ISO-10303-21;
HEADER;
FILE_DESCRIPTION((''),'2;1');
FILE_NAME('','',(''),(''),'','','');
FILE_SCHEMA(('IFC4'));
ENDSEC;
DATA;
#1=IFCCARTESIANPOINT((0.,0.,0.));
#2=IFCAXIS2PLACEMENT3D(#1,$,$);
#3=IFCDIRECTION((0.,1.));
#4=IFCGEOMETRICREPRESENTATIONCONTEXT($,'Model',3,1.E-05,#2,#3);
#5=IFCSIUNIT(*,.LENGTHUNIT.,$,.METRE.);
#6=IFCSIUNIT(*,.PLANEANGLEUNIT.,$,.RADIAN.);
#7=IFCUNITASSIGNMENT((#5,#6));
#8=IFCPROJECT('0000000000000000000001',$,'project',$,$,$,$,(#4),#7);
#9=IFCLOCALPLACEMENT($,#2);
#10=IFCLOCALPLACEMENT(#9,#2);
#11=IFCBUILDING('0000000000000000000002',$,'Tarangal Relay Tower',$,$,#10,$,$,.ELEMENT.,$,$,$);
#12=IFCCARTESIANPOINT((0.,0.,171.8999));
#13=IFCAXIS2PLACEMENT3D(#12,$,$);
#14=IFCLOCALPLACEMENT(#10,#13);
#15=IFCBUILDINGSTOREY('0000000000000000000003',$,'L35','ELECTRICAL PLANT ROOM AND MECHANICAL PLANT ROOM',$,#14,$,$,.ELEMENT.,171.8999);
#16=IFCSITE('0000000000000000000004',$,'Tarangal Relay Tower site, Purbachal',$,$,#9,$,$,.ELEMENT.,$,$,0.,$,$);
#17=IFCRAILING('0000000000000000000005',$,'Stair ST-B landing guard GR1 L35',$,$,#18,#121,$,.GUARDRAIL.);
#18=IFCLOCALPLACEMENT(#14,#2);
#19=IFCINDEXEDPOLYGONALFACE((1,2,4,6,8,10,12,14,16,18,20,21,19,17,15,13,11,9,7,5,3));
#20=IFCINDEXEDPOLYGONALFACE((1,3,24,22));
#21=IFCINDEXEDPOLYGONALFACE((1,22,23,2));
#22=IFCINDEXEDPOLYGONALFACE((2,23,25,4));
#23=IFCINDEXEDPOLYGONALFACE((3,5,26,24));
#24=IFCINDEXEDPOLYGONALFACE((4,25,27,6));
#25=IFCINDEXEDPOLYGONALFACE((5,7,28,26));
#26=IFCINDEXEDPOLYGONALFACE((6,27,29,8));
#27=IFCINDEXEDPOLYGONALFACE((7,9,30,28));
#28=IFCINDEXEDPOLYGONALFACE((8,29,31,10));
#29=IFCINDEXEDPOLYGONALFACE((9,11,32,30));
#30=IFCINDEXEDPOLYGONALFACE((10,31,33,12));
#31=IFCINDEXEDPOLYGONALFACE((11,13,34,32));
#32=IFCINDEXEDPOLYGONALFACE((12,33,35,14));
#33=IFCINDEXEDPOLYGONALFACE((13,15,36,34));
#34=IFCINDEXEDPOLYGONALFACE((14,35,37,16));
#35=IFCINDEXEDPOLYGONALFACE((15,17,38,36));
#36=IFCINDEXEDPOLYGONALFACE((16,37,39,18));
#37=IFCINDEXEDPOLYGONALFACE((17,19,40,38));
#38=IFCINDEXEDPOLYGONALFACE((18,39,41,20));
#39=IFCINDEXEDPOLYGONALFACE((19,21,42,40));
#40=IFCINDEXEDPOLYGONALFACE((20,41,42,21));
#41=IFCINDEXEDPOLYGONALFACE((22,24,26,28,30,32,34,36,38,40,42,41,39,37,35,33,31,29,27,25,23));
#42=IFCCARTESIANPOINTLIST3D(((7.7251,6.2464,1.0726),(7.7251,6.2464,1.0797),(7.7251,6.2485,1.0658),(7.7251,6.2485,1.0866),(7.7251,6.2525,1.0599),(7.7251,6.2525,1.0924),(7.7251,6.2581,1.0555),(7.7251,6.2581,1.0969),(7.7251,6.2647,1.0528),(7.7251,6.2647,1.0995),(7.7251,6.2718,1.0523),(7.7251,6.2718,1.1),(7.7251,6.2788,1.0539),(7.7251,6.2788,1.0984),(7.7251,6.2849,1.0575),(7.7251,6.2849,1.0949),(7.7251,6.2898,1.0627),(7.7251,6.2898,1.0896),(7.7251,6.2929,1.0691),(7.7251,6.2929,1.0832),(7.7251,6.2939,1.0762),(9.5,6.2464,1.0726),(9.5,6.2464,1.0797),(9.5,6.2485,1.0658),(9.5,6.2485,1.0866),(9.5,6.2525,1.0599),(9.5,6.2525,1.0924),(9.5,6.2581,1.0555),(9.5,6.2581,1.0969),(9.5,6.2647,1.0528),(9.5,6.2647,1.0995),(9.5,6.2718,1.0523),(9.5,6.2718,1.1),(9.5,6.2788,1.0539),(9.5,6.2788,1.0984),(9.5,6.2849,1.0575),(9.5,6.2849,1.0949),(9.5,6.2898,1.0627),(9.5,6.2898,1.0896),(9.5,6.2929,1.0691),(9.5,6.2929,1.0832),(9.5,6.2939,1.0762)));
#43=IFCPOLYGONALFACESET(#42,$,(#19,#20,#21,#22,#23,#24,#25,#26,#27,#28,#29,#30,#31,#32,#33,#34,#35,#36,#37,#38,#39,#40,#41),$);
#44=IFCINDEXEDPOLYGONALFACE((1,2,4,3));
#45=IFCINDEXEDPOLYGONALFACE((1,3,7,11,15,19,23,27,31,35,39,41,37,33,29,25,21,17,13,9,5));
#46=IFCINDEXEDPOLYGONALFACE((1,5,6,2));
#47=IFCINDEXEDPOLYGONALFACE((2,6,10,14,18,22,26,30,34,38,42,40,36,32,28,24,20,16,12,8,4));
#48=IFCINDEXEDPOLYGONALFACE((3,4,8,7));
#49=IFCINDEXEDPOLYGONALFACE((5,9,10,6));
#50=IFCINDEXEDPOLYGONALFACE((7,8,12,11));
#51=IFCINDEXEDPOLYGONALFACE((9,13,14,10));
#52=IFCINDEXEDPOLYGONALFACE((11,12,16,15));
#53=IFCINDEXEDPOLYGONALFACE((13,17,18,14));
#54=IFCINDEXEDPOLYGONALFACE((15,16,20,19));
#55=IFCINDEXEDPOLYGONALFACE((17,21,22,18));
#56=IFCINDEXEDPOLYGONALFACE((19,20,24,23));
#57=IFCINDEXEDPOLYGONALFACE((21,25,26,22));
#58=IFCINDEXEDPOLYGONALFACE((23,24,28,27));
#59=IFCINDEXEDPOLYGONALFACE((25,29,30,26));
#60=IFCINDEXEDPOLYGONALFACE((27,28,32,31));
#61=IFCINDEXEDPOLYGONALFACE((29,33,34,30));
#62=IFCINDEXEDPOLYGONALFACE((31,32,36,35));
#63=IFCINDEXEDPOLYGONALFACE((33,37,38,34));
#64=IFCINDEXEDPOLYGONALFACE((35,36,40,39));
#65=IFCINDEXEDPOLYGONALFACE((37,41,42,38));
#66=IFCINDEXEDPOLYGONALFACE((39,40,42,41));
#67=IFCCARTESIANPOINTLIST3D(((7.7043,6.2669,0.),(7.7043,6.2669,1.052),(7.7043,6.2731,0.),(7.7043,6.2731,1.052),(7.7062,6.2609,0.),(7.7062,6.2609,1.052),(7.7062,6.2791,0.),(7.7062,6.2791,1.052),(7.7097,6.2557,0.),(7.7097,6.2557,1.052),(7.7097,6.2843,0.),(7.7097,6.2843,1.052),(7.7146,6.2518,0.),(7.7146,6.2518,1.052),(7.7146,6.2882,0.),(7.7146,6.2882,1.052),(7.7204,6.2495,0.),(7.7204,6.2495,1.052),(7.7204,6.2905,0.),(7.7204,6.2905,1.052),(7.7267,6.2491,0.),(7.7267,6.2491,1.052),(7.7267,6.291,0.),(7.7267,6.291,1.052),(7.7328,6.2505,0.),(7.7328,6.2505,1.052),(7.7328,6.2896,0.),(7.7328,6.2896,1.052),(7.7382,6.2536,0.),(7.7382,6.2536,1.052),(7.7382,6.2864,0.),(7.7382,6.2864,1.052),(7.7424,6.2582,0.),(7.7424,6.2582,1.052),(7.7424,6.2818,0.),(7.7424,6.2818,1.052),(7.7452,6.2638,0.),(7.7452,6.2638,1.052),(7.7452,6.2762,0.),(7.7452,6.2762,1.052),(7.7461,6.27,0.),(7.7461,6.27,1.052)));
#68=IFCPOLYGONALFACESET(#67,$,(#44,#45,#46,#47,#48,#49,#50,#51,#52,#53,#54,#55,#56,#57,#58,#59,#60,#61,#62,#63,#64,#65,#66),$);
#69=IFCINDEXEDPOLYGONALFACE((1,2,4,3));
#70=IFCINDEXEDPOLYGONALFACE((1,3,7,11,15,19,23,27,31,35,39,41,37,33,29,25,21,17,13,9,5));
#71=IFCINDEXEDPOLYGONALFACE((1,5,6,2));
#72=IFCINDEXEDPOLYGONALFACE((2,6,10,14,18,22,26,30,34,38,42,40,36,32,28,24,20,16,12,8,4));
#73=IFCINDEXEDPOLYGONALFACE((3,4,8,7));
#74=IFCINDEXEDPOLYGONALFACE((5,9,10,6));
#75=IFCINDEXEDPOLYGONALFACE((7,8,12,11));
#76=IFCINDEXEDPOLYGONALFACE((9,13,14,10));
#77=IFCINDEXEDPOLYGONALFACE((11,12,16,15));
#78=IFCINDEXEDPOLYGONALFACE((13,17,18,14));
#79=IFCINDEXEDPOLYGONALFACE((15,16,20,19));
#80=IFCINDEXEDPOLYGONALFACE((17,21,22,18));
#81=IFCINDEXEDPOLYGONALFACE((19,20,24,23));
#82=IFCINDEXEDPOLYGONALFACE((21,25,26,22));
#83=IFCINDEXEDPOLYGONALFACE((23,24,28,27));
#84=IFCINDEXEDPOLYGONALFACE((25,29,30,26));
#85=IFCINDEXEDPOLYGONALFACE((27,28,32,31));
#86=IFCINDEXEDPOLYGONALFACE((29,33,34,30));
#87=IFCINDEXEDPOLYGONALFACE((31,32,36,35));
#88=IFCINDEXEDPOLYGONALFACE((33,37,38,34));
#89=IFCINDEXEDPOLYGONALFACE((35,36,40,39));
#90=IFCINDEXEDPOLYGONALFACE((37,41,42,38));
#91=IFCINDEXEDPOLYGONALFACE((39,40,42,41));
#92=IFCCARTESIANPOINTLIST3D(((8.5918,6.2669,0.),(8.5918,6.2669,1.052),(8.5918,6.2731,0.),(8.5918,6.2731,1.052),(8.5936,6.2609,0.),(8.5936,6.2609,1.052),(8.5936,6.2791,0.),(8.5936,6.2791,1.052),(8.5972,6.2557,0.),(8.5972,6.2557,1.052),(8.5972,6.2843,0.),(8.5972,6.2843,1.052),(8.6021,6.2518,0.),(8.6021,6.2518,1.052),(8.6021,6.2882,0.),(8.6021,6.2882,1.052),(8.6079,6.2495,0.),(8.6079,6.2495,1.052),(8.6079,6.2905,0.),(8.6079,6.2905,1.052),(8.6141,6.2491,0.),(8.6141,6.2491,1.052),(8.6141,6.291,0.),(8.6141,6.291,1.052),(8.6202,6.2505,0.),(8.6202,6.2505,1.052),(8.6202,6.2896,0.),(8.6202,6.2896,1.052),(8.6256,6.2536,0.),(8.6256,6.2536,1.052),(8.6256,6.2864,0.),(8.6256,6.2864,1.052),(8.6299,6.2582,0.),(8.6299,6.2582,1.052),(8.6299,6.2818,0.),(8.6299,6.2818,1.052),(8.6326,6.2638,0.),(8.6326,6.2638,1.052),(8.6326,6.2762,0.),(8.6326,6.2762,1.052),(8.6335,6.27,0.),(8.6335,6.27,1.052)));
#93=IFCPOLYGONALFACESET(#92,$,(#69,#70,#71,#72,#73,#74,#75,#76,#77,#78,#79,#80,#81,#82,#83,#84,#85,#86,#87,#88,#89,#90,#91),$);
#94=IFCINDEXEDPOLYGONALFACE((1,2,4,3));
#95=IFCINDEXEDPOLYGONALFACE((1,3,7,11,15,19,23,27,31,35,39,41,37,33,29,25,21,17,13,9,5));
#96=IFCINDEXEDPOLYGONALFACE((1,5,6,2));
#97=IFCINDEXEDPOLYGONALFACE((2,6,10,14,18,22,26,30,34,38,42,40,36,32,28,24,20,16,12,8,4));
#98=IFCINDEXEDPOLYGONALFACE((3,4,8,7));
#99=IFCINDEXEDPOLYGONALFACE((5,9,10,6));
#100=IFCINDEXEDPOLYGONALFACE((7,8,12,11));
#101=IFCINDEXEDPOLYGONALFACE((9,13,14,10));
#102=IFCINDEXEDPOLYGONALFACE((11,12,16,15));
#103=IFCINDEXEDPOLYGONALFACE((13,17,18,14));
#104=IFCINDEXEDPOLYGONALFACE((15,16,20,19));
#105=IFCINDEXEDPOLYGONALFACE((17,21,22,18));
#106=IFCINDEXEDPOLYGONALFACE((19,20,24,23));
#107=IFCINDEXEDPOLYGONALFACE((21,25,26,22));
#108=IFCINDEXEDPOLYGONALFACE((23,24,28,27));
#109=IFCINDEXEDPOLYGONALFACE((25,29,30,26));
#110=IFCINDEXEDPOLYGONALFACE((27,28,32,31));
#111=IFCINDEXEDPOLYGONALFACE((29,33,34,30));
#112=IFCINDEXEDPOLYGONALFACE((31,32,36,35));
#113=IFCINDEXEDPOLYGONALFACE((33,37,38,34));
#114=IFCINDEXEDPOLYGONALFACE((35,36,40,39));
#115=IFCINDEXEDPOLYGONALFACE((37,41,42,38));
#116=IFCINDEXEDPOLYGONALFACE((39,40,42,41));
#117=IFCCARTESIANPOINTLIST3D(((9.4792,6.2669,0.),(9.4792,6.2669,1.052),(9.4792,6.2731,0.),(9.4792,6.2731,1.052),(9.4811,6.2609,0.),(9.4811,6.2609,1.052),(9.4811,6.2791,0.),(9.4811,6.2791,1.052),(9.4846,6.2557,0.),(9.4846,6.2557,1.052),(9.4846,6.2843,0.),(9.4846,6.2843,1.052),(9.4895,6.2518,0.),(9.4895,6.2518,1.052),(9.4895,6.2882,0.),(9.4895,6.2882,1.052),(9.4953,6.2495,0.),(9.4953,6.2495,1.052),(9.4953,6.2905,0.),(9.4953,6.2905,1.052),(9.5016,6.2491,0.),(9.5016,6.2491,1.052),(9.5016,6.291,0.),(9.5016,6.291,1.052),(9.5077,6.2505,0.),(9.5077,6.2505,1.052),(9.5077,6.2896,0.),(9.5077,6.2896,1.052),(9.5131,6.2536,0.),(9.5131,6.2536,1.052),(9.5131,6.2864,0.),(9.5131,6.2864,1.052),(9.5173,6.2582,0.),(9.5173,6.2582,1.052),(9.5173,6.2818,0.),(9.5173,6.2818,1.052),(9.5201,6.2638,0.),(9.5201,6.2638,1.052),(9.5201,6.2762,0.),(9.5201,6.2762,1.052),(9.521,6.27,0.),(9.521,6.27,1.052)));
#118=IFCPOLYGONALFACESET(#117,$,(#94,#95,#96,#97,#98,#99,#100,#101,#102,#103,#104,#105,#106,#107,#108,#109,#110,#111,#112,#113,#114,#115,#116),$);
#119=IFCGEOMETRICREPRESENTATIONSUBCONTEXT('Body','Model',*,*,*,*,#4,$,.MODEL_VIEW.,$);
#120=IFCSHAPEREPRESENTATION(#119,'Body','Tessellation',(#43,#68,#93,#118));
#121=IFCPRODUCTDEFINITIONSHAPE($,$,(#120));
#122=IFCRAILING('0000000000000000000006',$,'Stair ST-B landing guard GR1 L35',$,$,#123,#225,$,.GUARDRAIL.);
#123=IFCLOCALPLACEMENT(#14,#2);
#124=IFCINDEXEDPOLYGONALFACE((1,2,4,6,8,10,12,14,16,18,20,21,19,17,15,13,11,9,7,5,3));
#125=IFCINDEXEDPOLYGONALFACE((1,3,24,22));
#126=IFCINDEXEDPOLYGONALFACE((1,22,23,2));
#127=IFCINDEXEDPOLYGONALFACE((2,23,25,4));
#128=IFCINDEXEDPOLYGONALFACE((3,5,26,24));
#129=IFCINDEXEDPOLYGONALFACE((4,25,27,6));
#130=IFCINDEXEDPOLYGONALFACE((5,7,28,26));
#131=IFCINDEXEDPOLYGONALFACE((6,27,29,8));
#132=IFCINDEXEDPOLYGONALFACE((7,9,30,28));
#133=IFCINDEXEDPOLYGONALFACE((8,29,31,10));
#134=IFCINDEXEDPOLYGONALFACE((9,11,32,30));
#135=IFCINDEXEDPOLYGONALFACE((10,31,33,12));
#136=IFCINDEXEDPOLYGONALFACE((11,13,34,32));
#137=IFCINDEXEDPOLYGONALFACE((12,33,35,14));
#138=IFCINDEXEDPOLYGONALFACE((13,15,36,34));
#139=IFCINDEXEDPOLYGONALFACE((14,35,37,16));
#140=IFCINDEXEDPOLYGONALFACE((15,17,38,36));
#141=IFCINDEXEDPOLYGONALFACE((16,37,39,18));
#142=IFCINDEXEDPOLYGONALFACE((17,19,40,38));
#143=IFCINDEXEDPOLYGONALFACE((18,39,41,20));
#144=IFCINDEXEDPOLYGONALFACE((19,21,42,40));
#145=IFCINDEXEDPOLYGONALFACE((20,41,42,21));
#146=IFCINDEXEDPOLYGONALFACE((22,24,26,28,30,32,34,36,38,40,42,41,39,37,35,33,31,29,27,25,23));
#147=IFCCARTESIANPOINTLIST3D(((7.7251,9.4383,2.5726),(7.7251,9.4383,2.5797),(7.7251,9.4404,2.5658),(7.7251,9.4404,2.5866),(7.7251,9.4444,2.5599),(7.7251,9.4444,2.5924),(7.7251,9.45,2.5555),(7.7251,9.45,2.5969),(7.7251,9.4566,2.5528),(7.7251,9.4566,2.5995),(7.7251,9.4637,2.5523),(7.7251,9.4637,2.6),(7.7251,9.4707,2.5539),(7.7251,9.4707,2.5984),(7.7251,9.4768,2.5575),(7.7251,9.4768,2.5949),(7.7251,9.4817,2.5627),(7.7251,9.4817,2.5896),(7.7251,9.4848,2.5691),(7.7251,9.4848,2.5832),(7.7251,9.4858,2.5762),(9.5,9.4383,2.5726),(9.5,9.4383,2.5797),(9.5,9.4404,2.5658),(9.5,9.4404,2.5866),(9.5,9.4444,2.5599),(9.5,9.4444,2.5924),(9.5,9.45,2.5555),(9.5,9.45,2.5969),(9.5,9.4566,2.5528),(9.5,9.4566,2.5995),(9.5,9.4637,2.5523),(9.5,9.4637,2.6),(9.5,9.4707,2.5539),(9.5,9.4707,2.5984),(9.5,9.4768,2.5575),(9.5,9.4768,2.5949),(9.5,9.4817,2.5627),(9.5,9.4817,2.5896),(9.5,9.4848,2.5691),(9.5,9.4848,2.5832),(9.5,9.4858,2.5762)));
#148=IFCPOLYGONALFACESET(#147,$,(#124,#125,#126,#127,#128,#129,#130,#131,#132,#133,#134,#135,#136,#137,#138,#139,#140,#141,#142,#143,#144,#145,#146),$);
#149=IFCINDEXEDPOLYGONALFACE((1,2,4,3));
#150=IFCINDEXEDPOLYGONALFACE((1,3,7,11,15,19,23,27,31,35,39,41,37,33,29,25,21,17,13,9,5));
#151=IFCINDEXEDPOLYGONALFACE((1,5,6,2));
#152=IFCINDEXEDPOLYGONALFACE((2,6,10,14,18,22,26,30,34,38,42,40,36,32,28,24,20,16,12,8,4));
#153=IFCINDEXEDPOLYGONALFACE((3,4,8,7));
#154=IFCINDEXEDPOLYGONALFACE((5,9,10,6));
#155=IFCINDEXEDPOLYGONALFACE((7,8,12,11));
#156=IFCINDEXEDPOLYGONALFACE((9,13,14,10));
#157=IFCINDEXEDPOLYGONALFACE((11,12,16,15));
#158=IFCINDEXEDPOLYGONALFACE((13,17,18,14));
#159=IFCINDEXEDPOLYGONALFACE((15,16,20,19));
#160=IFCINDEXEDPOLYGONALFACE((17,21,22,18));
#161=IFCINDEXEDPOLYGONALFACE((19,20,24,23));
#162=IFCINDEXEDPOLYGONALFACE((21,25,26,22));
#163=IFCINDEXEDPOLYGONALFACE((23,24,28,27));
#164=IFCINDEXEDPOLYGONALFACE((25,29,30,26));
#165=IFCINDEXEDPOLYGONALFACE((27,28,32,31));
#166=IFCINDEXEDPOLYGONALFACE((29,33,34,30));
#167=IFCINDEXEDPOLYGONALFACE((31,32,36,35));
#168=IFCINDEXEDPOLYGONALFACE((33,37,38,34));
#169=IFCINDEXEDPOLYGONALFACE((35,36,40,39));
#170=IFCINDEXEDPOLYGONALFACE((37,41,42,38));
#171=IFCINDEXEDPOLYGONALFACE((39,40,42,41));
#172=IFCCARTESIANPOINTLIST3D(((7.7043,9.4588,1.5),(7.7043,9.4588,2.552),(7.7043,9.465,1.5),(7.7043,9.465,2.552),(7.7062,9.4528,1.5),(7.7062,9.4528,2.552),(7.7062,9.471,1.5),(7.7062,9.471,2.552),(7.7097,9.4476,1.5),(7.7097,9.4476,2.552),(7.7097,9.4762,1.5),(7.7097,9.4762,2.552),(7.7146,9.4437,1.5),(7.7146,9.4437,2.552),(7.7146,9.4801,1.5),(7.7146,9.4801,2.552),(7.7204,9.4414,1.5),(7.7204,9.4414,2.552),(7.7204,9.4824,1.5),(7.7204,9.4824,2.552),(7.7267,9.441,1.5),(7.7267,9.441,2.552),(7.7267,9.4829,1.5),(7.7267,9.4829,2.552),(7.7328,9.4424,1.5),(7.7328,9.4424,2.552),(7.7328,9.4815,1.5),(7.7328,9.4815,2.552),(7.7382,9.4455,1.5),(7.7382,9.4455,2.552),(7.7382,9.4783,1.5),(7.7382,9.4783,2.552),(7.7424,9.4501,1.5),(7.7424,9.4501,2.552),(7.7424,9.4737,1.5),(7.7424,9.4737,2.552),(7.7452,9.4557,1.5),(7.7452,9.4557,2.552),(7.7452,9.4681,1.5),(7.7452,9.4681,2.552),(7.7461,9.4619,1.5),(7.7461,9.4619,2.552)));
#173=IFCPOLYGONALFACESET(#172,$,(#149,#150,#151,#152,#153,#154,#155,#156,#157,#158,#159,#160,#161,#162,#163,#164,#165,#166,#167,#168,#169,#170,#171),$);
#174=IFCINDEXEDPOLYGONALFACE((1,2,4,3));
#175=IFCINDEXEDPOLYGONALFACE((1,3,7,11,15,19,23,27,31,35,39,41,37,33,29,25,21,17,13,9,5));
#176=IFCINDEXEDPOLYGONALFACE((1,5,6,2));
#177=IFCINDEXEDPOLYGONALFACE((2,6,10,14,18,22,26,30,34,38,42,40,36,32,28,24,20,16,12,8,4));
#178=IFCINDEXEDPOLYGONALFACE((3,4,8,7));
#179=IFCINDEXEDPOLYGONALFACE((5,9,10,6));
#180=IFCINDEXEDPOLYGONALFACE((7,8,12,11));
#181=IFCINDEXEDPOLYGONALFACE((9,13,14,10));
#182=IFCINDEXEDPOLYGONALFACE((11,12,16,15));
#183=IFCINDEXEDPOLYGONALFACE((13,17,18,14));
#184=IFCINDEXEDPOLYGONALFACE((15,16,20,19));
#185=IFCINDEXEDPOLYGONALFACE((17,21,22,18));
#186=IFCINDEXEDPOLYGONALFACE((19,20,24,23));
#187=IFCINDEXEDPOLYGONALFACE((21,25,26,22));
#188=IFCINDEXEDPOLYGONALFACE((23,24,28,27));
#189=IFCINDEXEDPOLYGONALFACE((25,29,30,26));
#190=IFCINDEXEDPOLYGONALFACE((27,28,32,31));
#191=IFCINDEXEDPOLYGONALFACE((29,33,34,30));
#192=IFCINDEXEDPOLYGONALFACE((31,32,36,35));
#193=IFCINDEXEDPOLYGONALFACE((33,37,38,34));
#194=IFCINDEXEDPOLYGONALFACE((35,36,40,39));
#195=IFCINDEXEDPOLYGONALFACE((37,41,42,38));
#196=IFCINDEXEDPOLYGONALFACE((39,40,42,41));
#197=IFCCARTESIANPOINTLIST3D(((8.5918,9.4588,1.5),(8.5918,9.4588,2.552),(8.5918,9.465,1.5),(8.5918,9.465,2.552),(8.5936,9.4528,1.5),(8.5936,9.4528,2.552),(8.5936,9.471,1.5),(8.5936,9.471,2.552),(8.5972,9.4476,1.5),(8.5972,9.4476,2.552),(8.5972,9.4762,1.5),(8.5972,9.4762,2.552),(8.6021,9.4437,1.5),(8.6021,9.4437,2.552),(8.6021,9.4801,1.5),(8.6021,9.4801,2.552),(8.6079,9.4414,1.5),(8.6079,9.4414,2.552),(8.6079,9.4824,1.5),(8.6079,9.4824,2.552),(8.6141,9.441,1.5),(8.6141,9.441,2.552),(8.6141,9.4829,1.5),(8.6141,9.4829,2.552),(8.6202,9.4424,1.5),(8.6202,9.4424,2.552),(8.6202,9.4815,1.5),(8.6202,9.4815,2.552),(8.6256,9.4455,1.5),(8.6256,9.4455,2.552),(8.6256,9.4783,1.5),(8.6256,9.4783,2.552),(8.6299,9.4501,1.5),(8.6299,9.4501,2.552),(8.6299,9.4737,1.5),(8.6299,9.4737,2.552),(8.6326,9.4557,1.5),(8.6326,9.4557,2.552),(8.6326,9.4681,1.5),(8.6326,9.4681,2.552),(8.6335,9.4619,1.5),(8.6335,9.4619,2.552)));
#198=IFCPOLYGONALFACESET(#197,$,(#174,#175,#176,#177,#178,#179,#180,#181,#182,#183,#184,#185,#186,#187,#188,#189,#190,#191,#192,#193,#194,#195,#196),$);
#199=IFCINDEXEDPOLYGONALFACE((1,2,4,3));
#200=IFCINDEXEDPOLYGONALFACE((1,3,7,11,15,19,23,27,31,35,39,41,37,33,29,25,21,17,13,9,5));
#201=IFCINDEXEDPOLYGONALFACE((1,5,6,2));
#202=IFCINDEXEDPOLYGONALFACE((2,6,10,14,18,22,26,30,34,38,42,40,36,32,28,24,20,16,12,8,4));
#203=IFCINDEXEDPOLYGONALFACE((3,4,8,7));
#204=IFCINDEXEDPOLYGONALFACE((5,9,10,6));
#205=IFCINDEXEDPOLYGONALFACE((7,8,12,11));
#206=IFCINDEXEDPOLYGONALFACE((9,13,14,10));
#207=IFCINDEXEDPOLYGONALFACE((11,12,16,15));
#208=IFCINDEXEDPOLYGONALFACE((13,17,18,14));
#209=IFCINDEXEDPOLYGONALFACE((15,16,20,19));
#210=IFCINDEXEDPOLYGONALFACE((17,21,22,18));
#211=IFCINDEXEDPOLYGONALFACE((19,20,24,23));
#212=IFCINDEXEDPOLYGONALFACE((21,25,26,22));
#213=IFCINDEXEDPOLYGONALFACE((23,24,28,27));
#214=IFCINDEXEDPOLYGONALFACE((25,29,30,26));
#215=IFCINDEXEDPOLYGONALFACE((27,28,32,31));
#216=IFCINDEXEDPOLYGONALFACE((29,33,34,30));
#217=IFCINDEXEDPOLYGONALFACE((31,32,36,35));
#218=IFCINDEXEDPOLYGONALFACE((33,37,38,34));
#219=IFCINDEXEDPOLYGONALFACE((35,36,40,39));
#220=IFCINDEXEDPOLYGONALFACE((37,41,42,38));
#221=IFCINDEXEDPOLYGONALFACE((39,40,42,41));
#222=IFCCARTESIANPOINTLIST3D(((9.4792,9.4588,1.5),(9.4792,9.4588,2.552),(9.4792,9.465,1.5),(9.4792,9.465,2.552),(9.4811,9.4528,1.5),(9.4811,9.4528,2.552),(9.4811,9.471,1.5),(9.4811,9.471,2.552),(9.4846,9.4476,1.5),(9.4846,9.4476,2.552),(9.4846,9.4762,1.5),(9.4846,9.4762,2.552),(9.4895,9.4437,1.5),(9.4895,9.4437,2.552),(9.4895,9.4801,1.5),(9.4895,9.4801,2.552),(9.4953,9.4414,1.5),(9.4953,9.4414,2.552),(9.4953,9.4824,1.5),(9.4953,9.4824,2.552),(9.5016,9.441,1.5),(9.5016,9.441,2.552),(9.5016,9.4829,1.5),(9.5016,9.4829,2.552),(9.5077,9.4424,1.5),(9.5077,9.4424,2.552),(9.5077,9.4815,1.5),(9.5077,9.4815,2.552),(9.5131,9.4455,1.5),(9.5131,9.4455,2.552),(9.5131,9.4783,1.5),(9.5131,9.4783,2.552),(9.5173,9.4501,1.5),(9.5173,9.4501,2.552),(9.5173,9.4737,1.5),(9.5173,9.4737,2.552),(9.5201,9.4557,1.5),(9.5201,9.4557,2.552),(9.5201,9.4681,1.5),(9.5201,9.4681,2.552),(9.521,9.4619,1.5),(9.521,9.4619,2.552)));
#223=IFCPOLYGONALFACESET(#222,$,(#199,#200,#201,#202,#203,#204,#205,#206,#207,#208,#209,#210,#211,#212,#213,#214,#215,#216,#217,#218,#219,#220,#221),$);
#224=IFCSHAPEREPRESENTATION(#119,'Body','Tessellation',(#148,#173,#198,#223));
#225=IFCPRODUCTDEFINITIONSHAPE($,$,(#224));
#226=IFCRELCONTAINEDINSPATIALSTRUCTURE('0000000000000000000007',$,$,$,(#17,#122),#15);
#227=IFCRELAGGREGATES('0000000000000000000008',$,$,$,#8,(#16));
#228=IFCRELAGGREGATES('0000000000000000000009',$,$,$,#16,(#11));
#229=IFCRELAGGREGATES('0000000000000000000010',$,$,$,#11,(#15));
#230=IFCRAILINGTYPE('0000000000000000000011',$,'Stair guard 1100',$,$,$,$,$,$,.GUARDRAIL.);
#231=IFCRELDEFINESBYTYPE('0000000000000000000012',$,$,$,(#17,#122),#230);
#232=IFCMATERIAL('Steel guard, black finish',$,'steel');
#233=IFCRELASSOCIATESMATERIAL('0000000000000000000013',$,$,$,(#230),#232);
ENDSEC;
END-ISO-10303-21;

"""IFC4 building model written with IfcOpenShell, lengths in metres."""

from ifc_helpers import new_model, si_unit, direction, frame, origin, origin_2d, place, context, subcontext, project, spatial, circle, extrude, material, type_object, element, save


model = new_model("IFC4")

# Units and contexts
model_context = context("Model", 3, precision=1e-05, world=origin(), true_north=direction((0.0, 1.0)))
body_context = subcontext(model_context, "Body", "Model", "MODEL_VIEW")
ifc_project = project(units=[si_unit("LENGTHUNIT", "METRE"), si_unit("PLANEANGLEUNIT", "RADIAN")], contexts=[model_context])

# Site, building, storey
site_placement = place(None, origin())
site = spatial("IfcSite", under=ifc_project, at=site_placement, Name="Tarangal Relay Tower site, Purbachal", CompositionType="ELEMENT", RefElevation=0.0)
building_placement = place(site_placement, origin())
building = spatial("IfcBuilding", under=site, at=building_placement, Name="Tarangal Relay Tower", CompositionType="ELEMENT")
storey_placement = place(building_placement, frame((0.0, 0.0, 171.8999)))
storey = spatial("IfcBuildingStorey", under=building, at=storey_placement, Name="L35", Description="ELECTRICAL PLANT ROOM AND MECHANICAL PLANT ROOM", CompositionType="ELEMENT", Elevation=171.8999)

# Railings
ifc_material_1 = material(Name="Steel guard, black finish", Category="steel")
railing_type_1 = type_object("IfcRailingType", Name="Stair guard 1100", PredefinedType="GUARDRAIL", material=ifc_material_1)
for number, where, name in (
    (1, (7.7251, 6.27, 0.0), "Stair ST-B landing guard GR1 L35"),
    (2, (7.7251, 9.4619, 1.5), "Stair ST-B landing guard GR1 L35"),
):
    element("IfcRailing", number, at=place(storey_placement, frame(where)), inside=storey, type_object=railing_type_1, Name=name, PredefinedType="GUARDRAIL", context=body_context, shape_type="SweptSolid", body=[
        extrude(circle(Radius=0.0239, at=origin_2d()), frame((0.0, 0.0, 1.0762), z_axis=(1.0, 0.0, 0.0), x_axis=(0.0, 1.0, 0.0)), (0.0, 0.0, 1.0), 1.7749),
        extrude(circle(Radius=0.021, at=origin_2d()), origin(), (0.0, 0.0, 1.0), 1.052),
        extrude(circle(Radius=0.021, at=origin_2d()), frame((0.8875, 0.0, 0.0)), (0.0, 0.0, 1.0), 1.052),
        extrude(circle(Radius=0.021, at=origin_2d()), frame((1.7749, 0.0, 0.0)), (0.0, 0.0, 1.0), 1.052),
    ])

save(model, "model.ifc")
